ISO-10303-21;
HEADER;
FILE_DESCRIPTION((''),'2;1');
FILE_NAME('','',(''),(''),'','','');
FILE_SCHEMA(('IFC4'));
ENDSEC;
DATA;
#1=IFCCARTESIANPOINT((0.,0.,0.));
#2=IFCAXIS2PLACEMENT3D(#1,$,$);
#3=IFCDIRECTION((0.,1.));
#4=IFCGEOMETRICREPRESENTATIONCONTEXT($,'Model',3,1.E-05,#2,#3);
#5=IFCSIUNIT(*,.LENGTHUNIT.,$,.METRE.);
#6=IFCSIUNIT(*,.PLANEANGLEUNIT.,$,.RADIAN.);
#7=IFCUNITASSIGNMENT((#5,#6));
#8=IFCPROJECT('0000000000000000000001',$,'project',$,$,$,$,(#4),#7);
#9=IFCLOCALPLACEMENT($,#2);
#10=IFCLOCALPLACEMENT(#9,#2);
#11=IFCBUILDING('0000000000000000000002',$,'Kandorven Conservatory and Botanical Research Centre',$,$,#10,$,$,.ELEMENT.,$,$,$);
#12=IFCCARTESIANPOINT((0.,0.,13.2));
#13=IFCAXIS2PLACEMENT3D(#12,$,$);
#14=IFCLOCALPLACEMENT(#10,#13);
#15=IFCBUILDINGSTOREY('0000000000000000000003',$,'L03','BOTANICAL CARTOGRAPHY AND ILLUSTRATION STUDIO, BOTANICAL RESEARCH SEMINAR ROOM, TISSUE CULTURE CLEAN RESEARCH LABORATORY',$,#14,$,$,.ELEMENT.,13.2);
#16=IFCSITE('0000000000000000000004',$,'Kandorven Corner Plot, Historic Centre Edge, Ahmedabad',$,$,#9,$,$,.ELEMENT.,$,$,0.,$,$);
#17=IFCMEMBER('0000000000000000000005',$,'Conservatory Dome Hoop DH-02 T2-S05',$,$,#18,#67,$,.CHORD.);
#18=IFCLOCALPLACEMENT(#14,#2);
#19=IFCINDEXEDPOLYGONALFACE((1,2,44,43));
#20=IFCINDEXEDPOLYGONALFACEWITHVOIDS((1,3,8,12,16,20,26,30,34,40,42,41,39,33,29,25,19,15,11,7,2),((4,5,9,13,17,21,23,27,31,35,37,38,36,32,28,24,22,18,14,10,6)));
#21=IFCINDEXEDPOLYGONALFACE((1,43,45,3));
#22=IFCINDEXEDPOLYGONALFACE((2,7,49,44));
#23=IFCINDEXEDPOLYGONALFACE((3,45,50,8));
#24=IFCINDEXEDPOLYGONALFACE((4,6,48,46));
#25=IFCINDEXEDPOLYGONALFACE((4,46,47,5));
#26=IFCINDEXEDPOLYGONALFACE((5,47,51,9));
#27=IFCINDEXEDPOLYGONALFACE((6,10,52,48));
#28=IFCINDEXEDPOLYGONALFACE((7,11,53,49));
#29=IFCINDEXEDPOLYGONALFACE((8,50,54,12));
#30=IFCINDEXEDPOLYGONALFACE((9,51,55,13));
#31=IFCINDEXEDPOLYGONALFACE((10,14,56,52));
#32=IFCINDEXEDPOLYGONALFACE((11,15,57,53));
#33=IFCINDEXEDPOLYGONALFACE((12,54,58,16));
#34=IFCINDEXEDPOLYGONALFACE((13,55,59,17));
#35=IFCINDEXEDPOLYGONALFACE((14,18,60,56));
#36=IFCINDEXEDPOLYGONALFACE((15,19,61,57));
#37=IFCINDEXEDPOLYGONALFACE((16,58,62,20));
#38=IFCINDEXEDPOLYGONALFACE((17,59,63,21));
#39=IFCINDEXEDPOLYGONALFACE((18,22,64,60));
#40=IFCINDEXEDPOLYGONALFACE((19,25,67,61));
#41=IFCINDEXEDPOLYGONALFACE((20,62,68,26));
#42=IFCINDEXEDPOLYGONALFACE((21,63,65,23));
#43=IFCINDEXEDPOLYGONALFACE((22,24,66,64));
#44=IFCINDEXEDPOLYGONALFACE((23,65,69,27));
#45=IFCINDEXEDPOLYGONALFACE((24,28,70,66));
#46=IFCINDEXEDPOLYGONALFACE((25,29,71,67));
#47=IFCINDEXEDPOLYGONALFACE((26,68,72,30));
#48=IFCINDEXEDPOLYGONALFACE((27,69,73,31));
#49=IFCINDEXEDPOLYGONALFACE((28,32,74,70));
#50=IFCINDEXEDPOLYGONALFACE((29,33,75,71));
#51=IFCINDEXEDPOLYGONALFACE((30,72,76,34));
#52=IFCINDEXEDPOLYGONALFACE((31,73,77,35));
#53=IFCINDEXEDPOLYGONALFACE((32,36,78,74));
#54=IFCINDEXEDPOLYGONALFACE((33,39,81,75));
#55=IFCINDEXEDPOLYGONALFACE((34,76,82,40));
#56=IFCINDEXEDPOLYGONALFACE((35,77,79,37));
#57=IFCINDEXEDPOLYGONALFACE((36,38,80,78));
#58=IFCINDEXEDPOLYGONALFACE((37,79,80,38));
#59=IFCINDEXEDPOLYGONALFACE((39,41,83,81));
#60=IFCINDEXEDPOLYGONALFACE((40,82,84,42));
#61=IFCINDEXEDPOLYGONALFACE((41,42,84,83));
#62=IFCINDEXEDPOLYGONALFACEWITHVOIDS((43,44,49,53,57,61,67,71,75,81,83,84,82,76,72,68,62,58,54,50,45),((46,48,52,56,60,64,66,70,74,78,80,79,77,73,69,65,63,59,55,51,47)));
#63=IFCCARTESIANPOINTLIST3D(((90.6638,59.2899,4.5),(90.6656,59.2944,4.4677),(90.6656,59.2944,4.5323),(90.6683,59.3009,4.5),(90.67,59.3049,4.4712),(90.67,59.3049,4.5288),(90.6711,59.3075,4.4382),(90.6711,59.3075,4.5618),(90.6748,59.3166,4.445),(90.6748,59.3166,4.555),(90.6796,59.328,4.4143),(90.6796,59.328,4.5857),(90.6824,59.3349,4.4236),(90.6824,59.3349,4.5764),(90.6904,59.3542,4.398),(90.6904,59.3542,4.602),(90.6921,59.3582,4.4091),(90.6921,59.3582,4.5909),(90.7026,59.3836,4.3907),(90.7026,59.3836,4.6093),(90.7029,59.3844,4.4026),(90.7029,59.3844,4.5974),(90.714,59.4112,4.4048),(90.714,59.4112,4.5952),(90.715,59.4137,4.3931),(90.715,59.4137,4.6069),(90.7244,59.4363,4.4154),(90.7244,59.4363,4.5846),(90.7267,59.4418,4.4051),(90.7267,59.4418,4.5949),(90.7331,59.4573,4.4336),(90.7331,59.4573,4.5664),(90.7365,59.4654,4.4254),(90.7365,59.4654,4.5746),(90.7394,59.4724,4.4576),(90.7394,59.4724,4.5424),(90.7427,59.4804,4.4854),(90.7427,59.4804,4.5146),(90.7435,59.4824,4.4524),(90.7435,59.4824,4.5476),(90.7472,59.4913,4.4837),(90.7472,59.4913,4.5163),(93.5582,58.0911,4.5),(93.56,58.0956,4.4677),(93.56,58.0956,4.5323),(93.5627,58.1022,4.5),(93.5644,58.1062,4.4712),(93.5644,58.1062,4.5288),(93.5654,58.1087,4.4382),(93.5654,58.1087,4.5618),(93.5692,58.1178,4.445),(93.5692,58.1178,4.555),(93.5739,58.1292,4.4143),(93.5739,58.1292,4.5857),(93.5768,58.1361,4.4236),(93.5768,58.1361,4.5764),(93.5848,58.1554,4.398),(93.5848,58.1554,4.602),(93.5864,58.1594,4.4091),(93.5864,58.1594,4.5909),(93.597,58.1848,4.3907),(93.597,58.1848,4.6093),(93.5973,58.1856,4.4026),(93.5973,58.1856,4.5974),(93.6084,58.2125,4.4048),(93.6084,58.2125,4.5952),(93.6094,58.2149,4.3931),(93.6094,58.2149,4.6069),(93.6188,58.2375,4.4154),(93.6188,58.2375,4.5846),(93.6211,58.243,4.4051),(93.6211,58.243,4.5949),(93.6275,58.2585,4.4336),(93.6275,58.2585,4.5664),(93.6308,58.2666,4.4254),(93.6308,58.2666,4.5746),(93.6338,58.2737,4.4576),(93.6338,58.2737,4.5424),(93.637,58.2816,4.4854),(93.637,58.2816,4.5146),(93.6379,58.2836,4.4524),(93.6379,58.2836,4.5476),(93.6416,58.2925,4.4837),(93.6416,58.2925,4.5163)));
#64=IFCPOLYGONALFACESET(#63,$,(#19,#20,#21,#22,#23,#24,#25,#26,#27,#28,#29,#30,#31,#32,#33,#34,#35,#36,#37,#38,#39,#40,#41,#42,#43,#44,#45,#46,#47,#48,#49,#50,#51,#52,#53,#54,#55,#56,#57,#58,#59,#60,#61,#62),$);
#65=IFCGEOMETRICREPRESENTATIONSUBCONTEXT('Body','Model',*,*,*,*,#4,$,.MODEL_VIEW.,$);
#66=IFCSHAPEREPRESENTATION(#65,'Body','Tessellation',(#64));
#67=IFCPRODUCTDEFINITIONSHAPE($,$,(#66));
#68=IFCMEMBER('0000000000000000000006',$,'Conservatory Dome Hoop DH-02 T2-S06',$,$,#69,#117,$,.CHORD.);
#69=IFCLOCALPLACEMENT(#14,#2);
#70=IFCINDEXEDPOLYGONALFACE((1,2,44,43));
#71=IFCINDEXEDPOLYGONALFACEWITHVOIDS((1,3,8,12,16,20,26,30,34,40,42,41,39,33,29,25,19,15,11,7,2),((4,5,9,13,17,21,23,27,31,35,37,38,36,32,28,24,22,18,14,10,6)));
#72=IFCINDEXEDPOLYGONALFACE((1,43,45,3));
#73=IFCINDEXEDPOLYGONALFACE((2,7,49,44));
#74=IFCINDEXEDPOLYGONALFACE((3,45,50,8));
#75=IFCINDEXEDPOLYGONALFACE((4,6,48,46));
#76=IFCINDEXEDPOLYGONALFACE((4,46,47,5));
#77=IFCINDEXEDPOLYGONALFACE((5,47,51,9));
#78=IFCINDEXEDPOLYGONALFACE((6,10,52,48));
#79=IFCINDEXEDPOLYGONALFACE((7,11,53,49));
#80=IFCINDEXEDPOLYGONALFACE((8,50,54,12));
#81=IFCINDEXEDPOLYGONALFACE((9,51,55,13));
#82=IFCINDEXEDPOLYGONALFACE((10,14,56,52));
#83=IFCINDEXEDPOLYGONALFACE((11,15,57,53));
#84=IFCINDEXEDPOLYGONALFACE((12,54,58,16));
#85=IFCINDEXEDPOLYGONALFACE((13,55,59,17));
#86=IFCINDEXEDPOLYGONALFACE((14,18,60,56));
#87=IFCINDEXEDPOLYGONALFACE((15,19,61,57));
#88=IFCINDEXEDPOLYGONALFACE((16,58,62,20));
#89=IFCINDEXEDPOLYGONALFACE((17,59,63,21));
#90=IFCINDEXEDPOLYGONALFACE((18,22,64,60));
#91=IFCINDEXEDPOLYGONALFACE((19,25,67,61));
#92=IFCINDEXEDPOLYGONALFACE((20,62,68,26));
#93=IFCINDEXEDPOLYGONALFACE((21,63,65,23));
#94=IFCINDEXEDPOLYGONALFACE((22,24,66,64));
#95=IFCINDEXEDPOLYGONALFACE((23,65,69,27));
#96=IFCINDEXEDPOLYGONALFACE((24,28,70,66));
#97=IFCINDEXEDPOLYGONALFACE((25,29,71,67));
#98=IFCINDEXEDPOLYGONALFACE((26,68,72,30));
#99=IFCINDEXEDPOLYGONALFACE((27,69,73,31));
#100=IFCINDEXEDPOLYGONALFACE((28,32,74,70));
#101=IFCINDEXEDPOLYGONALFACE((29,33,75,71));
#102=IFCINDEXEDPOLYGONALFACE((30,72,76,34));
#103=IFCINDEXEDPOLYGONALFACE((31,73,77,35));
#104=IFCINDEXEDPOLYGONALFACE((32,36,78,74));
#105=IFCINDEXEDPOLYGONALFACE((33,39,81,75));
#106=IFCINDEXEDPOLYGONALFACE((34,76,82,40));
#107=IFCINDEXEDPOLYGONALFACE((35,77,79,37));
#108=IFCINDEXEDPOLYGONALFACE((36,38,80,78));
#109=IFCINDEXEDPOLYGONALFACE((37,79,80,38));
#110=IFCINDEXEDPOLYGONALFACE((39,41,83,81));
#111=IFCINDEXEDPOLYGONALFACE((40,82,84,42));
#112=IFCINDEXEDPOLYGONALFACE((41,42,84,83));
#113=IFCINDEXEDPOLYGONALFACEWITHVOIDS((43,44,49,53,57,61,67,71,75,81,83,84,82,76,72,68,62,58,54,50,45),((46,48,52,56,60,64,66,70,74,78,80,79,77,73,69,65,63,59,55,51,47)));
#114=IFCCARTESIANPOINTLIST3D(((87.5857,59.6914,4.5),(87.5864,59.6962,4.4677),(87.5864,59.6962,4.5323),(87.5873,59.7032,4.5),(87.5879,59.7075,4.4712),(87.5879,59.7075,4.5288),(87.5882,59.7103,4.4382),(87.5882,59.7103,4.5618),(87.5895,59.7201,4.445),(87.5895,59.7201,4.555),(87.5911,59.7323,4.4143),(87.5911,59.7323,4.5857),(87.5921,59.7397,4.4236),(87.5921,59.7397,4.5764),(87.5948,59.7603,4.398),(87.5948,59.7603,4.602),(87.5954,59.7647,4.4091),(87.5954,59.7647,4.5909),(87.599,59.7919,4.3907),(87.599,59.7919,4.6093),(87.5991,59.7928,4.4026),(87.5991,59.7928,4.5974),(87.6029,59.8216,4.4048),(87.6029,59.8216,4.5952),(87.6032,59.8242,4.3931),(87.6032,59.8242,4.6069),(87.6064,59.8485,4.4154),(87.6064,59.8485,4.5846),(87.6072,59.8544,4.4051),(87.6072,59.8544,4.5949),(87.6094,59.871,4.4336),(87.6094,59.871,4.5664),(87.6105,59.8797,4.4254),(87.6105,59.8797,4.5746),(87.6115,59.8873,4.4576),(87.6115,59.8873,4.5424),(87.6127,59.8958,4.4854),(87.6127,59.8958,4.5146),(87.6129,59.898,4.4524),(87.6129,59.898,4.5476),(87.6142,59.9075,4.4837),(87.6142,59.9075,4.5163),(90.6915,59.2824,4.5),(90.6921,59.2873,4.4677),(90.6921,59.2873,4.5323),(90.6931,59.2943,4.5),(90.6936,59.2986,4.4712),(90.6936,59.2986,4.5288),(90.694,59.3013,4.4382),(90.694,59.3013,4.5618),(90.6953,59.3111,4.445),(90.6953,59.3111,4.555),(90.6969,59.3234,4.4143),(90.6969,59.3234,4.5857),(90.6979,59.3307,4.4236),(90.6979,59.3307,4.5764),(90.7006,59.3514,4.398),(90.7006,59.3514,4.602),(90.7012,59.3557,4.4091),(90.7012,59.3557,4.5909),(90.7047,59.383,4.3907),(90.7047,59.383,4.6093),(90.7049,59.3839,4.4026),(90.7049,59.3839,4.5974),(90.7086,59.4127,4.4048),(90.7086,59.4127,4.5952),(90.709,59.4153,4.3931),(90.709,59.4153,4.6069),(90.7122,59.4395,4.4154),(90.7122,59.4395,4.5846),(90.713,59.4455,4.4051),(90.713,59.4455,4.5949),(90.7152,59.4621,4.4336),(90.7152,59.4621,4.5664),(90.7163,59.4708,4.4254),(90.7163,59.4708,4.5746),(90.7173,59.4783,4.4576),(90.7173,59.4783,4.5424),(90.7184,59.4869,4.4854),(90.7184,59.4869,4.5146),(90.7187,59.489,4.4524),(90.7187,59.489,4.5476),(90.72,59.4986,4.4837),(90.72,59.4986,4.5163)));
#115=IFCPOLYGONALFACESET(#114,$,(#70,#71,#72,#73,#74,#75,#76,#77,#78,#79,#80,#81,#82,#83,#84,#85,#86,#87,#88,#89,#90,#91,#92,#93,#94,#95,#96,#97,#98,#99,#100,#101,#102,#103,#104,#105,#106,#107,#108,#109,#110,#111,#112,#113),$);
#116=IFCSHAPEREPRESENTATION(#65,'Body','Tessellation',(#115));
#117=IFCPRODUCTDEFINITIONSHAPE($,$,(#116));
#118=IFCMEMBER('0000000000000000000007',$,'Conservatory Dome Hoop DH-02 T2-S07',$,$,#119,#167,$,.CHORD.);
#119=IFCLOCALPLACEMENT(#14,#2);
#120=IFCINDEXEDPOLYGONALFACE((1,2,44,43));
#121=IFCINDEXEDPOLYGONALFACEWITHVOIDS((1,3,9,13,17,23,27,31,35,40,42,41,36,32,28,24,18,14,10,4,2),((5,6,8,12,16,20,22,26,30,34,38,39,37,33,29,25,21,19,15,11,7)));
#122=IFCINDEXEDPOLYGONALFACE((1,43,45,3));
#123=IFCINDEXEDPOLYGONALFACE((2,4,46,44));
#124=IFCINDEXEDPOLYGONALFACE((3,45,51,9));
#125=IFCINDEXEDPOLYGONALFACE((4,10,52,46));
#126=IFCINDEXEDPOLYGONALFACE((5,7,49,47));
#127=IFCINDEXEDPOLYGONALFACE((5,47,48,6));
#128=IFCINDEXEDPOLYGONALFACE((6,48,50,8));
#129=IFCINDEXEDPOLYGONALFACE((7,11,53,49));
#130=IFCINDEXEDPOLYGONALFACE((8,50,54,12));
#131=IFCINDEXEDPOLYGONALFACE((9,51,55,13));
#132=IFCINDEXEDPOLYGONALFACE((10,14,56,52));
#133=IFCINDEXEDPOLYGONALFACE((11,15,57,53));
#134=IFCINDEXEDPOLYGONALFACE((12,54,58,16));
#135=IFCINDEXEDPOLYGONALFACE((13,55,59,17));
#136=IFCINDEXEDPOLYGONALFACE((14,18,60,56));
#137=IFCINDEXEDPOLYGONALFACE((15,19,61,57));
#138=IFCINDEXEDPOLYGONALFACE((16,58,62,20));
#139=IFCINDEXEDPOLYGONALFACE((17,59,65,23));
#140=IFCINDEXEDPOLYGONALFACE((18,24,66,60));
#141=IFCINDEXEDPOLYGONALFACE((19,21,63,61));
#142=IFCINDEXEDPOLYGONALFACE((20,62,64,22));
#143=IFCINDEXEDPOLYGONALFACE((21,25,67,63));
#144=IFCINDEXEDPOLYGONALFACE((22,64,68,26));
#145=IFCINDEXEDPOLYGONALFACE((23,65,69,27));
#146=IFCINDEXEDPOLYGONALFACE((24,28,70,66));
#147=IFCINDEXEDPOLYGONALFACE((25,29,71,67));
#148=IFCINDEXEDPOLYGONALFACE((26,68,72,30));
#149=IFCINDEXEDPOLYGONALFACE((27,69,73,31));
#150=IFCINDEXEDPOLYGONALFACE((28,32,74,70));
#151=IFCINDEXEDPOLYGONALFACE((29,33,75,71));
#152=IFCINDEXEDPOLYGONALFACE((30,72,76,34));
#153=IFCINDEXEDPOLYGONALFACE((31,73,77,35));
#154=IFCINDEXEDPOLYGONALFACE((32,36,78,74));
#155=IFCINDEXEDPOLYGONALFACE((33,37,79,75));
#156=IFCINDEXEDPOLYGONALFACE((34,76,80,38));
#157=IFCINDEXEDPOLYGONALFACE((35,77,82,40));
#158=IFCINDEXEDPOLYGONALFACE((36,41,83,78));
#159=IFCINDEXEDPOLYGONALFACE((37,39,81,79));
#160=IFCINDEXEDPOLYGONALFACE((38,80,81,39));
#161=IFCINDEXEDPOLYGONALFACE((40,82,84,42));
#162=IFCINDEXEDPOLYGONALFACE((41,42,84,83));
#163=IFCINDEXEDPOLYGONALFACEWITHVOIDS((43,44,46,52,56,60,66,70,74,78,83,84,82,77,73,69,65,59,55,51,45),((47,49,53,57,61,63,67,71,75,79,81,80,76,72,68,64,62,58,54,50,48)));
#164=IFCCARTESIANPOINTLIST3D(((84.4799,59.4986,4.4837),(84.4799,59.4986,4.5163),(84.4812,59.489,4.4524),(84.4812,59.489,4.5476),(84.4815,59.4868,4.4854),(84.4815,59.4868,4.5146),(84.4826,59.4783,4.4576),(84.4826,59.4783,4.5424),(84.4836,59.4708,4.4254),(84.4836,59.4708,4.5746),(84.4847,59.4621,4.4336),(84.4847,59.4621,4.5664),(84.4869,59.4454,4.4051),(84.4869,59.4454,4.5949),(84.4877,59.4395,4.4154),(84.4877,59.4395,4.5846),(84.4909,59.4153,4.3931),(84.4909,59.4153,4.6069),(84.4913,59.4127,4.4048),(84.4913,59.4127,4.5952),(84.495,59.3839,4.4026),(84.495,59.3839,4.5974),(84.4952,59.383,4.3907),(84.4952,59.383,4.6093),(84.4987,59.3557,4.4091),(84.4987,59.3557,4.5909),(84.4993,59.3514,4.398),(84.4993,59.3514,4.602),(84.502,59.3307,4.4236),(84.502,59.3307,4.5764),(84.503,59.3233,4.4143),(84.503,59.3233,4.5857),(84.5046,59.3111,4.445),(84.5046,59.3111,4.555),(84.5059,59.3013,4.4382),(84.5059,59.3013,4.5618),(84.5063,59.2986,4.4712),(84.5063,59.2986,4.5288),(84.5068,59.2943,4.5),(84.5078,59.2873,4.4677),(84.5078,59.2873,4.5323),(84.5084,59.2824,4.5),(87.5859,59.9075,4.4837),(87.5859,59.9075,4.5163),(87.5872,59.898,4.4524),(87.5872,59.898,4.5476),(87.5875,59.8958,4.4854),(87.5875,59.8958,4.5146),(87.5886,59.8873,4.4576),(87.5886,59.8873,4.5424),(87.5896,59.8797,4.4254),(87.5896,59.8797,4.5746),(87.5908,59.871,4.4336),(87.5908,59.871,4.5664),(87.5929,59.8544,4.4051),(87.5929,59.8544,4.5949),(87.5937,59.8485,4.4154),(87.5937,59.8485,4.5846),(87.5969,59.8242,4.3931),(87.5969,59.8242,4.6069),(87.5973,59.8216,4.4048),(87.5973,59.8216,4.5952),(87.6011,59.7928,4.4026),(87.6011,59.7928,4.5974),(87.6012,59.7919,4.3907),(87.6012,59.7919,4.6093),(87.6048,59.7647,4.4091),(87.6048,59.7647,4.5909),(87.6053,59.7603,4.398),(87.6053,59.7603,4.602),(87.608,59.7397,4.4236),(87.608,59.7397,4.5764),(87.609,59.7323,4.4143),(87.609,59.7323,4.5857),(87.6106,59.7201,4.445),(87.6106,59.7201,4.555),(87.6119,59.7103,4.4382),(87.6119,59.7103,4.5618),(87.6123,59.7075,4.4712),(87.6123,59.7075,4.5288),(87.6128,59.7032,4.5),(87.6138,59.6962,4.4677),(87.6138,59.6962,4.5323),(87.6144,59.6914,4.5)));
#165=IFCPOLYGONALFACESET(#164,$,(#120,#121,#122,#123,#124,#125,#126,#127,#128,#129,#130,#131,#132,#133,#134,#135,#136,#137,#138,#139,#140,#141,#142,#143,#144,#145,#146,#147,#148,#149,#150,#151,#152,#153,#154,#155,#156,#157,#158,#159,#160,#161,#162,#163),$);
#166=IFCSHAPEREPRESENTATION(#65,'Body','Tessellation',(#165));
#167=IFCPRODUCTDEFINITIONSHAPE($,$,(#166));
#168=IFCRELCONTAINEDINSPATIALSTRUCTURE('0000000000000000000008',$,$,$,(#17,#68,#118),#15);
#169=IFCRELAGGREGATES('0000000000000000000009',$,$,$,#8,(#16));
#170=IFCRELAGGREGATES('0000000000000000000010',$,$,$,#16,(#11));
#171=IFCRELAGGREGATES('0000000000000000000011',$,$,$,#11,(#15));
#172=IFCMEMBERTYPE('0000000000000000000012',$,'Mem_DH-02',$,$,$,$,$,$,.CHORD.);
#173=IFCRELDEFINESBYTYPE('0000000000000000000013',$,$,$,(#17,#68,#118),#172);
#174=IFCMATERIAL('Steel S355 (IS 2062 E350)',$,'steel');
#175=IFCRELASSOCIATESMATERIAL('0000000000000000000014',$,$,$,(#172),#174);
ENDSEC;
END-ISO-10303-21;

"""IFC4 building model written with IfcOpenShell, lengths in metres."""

from ifc_helpers import new_model, si_unit, direction, frame, origin, origin_2d, place, context, subcontext, project, spatial, hollow_circle, extrude, material, material_profile, profile_set, type_object, element, save


model = new_model("IFC4")

# Units and contexts
model_context = context("Model", 3, precision=1e-05, world=origin(), true_north=direction((0.0, 1.0)))
body_context = subcontext(model_context, "Body", "Model", "MODEL_VIEW")
ifc_project = project(units=[si_unit("LENGTHUNIT", "METRE"), si_unit("PLANEANGLEUNIT", "RADIAN")], contexts=[model_context])

# Site, building, storey
site_placement = place(None, origin())
site = spatial("IfcSite", under=ifc_project, at=site_placement, Name="Kandorven Corner Plot, Historic Centre Edge, Ahmedabad", CompositionType="ELEMENT", RefElevation=0.0)
building_placement = place(site_placement, origin())
building = spatial("IfcBuilding", under=site, at=building_placement, Name="Kandorven Conservatory and Botanical Research Centre", CompositionType="ELEMENT")
storey_placement = place(building_placement, frame((0.0, 0.0, 13.2)))
storey = spatial("IfcBuildingStorey", under=building, at=storey_placement, Name="L03", Description="BOTANICAL CARTOGRAPHY AND ILLUSTRATION STUDIO, BOTANICAL RESEARCH SEMINAR ROOM, TISSUE CULTURE CLEAN RESEARCH LABORATORY", CompositionType="ELEMENT", Elevation=13.2)

# Members
ifc_material_1 = material(Name="Steel S355 (IS 2062 E350)", Category="steel")
ifc_material_profile_1 = material_profile(ifc_material_1, hollow_circle(Radius=0.1096, WallThickness=0.012, at=origin_2d()))
ifc_profile_set_1 = profile_set([ifc_material_profile_1], Name="Steel S355 (IS 2062 E350)")
member_type_1 = type_object("IfcMemberType", Name="Mem_DH-02", PredefinedType="CHORD", material=ifc_profile_set_1)
member_1_placement = place(storey_placement, frame((93.6001, 58.1924, 4.5), z_axis=(-0.923893, 0.38265, 0.0), x_axis=(-0.38265, -0.923893, 0.0)))
element("IfcMember", 1, at=member_1_placement, inside=storey, type_object=member_type_1, Name="Conservatory Dome Hoop DH-02 T2-S05", PredefinedType="CHORD", context=body_context, shape_type="SweptSolid", body=[
    extrude(hollow_circle(Radius=0.1096, WallThickness=0.012, at=origin_2d()), origin(), (0.0, 0.0, 1.0), 3.1328),
])
member_2_placement = place(storey_placement, frame((90.7058, 59.3911, 4.5), z_axis=(-0.991442, 0.130545, 0.0), x_axis=(-0.130545, -0.991442, 0.0)))
element("IfcMember", 2, at=member_2_placement, inside=storey, type_object=member_type_1, Name="Conservatory Dome Hoop DH-02 T2-S06", PredefinedType="CHORD", context=body_context, shape_type="SweptSolid", body=[
    extrude(hollow_circle(Radius=0.1096, WallThickness=0.012, at=origin_2d()), origin(), (0.0, 0.0, 1.0), 3.1326),
])
member_3_placement = place(storey_placement, frame((87.6001, 59.8, 4.5), z_axis=(-0.991444, -0.130535, 0.0), x_axis=(0.130535, -0.991444, 0.0)))
element("IfcMember", 3, at=member_3_placement, inside=storey, type_object=member_type_1, Name="Conservatory Dome Hoop DH-02 T2-S07", PredefinedType="CHORD", context=body_context, shape_type="SweptSolid", body=[
    extrude(hollow_circle(Radius=0.1096, WallThickness=0.012, at=origin_2d()), origin(), (0.0, 0.0, 1.0), 3.1328),
])

save(model, "model.ifc")
